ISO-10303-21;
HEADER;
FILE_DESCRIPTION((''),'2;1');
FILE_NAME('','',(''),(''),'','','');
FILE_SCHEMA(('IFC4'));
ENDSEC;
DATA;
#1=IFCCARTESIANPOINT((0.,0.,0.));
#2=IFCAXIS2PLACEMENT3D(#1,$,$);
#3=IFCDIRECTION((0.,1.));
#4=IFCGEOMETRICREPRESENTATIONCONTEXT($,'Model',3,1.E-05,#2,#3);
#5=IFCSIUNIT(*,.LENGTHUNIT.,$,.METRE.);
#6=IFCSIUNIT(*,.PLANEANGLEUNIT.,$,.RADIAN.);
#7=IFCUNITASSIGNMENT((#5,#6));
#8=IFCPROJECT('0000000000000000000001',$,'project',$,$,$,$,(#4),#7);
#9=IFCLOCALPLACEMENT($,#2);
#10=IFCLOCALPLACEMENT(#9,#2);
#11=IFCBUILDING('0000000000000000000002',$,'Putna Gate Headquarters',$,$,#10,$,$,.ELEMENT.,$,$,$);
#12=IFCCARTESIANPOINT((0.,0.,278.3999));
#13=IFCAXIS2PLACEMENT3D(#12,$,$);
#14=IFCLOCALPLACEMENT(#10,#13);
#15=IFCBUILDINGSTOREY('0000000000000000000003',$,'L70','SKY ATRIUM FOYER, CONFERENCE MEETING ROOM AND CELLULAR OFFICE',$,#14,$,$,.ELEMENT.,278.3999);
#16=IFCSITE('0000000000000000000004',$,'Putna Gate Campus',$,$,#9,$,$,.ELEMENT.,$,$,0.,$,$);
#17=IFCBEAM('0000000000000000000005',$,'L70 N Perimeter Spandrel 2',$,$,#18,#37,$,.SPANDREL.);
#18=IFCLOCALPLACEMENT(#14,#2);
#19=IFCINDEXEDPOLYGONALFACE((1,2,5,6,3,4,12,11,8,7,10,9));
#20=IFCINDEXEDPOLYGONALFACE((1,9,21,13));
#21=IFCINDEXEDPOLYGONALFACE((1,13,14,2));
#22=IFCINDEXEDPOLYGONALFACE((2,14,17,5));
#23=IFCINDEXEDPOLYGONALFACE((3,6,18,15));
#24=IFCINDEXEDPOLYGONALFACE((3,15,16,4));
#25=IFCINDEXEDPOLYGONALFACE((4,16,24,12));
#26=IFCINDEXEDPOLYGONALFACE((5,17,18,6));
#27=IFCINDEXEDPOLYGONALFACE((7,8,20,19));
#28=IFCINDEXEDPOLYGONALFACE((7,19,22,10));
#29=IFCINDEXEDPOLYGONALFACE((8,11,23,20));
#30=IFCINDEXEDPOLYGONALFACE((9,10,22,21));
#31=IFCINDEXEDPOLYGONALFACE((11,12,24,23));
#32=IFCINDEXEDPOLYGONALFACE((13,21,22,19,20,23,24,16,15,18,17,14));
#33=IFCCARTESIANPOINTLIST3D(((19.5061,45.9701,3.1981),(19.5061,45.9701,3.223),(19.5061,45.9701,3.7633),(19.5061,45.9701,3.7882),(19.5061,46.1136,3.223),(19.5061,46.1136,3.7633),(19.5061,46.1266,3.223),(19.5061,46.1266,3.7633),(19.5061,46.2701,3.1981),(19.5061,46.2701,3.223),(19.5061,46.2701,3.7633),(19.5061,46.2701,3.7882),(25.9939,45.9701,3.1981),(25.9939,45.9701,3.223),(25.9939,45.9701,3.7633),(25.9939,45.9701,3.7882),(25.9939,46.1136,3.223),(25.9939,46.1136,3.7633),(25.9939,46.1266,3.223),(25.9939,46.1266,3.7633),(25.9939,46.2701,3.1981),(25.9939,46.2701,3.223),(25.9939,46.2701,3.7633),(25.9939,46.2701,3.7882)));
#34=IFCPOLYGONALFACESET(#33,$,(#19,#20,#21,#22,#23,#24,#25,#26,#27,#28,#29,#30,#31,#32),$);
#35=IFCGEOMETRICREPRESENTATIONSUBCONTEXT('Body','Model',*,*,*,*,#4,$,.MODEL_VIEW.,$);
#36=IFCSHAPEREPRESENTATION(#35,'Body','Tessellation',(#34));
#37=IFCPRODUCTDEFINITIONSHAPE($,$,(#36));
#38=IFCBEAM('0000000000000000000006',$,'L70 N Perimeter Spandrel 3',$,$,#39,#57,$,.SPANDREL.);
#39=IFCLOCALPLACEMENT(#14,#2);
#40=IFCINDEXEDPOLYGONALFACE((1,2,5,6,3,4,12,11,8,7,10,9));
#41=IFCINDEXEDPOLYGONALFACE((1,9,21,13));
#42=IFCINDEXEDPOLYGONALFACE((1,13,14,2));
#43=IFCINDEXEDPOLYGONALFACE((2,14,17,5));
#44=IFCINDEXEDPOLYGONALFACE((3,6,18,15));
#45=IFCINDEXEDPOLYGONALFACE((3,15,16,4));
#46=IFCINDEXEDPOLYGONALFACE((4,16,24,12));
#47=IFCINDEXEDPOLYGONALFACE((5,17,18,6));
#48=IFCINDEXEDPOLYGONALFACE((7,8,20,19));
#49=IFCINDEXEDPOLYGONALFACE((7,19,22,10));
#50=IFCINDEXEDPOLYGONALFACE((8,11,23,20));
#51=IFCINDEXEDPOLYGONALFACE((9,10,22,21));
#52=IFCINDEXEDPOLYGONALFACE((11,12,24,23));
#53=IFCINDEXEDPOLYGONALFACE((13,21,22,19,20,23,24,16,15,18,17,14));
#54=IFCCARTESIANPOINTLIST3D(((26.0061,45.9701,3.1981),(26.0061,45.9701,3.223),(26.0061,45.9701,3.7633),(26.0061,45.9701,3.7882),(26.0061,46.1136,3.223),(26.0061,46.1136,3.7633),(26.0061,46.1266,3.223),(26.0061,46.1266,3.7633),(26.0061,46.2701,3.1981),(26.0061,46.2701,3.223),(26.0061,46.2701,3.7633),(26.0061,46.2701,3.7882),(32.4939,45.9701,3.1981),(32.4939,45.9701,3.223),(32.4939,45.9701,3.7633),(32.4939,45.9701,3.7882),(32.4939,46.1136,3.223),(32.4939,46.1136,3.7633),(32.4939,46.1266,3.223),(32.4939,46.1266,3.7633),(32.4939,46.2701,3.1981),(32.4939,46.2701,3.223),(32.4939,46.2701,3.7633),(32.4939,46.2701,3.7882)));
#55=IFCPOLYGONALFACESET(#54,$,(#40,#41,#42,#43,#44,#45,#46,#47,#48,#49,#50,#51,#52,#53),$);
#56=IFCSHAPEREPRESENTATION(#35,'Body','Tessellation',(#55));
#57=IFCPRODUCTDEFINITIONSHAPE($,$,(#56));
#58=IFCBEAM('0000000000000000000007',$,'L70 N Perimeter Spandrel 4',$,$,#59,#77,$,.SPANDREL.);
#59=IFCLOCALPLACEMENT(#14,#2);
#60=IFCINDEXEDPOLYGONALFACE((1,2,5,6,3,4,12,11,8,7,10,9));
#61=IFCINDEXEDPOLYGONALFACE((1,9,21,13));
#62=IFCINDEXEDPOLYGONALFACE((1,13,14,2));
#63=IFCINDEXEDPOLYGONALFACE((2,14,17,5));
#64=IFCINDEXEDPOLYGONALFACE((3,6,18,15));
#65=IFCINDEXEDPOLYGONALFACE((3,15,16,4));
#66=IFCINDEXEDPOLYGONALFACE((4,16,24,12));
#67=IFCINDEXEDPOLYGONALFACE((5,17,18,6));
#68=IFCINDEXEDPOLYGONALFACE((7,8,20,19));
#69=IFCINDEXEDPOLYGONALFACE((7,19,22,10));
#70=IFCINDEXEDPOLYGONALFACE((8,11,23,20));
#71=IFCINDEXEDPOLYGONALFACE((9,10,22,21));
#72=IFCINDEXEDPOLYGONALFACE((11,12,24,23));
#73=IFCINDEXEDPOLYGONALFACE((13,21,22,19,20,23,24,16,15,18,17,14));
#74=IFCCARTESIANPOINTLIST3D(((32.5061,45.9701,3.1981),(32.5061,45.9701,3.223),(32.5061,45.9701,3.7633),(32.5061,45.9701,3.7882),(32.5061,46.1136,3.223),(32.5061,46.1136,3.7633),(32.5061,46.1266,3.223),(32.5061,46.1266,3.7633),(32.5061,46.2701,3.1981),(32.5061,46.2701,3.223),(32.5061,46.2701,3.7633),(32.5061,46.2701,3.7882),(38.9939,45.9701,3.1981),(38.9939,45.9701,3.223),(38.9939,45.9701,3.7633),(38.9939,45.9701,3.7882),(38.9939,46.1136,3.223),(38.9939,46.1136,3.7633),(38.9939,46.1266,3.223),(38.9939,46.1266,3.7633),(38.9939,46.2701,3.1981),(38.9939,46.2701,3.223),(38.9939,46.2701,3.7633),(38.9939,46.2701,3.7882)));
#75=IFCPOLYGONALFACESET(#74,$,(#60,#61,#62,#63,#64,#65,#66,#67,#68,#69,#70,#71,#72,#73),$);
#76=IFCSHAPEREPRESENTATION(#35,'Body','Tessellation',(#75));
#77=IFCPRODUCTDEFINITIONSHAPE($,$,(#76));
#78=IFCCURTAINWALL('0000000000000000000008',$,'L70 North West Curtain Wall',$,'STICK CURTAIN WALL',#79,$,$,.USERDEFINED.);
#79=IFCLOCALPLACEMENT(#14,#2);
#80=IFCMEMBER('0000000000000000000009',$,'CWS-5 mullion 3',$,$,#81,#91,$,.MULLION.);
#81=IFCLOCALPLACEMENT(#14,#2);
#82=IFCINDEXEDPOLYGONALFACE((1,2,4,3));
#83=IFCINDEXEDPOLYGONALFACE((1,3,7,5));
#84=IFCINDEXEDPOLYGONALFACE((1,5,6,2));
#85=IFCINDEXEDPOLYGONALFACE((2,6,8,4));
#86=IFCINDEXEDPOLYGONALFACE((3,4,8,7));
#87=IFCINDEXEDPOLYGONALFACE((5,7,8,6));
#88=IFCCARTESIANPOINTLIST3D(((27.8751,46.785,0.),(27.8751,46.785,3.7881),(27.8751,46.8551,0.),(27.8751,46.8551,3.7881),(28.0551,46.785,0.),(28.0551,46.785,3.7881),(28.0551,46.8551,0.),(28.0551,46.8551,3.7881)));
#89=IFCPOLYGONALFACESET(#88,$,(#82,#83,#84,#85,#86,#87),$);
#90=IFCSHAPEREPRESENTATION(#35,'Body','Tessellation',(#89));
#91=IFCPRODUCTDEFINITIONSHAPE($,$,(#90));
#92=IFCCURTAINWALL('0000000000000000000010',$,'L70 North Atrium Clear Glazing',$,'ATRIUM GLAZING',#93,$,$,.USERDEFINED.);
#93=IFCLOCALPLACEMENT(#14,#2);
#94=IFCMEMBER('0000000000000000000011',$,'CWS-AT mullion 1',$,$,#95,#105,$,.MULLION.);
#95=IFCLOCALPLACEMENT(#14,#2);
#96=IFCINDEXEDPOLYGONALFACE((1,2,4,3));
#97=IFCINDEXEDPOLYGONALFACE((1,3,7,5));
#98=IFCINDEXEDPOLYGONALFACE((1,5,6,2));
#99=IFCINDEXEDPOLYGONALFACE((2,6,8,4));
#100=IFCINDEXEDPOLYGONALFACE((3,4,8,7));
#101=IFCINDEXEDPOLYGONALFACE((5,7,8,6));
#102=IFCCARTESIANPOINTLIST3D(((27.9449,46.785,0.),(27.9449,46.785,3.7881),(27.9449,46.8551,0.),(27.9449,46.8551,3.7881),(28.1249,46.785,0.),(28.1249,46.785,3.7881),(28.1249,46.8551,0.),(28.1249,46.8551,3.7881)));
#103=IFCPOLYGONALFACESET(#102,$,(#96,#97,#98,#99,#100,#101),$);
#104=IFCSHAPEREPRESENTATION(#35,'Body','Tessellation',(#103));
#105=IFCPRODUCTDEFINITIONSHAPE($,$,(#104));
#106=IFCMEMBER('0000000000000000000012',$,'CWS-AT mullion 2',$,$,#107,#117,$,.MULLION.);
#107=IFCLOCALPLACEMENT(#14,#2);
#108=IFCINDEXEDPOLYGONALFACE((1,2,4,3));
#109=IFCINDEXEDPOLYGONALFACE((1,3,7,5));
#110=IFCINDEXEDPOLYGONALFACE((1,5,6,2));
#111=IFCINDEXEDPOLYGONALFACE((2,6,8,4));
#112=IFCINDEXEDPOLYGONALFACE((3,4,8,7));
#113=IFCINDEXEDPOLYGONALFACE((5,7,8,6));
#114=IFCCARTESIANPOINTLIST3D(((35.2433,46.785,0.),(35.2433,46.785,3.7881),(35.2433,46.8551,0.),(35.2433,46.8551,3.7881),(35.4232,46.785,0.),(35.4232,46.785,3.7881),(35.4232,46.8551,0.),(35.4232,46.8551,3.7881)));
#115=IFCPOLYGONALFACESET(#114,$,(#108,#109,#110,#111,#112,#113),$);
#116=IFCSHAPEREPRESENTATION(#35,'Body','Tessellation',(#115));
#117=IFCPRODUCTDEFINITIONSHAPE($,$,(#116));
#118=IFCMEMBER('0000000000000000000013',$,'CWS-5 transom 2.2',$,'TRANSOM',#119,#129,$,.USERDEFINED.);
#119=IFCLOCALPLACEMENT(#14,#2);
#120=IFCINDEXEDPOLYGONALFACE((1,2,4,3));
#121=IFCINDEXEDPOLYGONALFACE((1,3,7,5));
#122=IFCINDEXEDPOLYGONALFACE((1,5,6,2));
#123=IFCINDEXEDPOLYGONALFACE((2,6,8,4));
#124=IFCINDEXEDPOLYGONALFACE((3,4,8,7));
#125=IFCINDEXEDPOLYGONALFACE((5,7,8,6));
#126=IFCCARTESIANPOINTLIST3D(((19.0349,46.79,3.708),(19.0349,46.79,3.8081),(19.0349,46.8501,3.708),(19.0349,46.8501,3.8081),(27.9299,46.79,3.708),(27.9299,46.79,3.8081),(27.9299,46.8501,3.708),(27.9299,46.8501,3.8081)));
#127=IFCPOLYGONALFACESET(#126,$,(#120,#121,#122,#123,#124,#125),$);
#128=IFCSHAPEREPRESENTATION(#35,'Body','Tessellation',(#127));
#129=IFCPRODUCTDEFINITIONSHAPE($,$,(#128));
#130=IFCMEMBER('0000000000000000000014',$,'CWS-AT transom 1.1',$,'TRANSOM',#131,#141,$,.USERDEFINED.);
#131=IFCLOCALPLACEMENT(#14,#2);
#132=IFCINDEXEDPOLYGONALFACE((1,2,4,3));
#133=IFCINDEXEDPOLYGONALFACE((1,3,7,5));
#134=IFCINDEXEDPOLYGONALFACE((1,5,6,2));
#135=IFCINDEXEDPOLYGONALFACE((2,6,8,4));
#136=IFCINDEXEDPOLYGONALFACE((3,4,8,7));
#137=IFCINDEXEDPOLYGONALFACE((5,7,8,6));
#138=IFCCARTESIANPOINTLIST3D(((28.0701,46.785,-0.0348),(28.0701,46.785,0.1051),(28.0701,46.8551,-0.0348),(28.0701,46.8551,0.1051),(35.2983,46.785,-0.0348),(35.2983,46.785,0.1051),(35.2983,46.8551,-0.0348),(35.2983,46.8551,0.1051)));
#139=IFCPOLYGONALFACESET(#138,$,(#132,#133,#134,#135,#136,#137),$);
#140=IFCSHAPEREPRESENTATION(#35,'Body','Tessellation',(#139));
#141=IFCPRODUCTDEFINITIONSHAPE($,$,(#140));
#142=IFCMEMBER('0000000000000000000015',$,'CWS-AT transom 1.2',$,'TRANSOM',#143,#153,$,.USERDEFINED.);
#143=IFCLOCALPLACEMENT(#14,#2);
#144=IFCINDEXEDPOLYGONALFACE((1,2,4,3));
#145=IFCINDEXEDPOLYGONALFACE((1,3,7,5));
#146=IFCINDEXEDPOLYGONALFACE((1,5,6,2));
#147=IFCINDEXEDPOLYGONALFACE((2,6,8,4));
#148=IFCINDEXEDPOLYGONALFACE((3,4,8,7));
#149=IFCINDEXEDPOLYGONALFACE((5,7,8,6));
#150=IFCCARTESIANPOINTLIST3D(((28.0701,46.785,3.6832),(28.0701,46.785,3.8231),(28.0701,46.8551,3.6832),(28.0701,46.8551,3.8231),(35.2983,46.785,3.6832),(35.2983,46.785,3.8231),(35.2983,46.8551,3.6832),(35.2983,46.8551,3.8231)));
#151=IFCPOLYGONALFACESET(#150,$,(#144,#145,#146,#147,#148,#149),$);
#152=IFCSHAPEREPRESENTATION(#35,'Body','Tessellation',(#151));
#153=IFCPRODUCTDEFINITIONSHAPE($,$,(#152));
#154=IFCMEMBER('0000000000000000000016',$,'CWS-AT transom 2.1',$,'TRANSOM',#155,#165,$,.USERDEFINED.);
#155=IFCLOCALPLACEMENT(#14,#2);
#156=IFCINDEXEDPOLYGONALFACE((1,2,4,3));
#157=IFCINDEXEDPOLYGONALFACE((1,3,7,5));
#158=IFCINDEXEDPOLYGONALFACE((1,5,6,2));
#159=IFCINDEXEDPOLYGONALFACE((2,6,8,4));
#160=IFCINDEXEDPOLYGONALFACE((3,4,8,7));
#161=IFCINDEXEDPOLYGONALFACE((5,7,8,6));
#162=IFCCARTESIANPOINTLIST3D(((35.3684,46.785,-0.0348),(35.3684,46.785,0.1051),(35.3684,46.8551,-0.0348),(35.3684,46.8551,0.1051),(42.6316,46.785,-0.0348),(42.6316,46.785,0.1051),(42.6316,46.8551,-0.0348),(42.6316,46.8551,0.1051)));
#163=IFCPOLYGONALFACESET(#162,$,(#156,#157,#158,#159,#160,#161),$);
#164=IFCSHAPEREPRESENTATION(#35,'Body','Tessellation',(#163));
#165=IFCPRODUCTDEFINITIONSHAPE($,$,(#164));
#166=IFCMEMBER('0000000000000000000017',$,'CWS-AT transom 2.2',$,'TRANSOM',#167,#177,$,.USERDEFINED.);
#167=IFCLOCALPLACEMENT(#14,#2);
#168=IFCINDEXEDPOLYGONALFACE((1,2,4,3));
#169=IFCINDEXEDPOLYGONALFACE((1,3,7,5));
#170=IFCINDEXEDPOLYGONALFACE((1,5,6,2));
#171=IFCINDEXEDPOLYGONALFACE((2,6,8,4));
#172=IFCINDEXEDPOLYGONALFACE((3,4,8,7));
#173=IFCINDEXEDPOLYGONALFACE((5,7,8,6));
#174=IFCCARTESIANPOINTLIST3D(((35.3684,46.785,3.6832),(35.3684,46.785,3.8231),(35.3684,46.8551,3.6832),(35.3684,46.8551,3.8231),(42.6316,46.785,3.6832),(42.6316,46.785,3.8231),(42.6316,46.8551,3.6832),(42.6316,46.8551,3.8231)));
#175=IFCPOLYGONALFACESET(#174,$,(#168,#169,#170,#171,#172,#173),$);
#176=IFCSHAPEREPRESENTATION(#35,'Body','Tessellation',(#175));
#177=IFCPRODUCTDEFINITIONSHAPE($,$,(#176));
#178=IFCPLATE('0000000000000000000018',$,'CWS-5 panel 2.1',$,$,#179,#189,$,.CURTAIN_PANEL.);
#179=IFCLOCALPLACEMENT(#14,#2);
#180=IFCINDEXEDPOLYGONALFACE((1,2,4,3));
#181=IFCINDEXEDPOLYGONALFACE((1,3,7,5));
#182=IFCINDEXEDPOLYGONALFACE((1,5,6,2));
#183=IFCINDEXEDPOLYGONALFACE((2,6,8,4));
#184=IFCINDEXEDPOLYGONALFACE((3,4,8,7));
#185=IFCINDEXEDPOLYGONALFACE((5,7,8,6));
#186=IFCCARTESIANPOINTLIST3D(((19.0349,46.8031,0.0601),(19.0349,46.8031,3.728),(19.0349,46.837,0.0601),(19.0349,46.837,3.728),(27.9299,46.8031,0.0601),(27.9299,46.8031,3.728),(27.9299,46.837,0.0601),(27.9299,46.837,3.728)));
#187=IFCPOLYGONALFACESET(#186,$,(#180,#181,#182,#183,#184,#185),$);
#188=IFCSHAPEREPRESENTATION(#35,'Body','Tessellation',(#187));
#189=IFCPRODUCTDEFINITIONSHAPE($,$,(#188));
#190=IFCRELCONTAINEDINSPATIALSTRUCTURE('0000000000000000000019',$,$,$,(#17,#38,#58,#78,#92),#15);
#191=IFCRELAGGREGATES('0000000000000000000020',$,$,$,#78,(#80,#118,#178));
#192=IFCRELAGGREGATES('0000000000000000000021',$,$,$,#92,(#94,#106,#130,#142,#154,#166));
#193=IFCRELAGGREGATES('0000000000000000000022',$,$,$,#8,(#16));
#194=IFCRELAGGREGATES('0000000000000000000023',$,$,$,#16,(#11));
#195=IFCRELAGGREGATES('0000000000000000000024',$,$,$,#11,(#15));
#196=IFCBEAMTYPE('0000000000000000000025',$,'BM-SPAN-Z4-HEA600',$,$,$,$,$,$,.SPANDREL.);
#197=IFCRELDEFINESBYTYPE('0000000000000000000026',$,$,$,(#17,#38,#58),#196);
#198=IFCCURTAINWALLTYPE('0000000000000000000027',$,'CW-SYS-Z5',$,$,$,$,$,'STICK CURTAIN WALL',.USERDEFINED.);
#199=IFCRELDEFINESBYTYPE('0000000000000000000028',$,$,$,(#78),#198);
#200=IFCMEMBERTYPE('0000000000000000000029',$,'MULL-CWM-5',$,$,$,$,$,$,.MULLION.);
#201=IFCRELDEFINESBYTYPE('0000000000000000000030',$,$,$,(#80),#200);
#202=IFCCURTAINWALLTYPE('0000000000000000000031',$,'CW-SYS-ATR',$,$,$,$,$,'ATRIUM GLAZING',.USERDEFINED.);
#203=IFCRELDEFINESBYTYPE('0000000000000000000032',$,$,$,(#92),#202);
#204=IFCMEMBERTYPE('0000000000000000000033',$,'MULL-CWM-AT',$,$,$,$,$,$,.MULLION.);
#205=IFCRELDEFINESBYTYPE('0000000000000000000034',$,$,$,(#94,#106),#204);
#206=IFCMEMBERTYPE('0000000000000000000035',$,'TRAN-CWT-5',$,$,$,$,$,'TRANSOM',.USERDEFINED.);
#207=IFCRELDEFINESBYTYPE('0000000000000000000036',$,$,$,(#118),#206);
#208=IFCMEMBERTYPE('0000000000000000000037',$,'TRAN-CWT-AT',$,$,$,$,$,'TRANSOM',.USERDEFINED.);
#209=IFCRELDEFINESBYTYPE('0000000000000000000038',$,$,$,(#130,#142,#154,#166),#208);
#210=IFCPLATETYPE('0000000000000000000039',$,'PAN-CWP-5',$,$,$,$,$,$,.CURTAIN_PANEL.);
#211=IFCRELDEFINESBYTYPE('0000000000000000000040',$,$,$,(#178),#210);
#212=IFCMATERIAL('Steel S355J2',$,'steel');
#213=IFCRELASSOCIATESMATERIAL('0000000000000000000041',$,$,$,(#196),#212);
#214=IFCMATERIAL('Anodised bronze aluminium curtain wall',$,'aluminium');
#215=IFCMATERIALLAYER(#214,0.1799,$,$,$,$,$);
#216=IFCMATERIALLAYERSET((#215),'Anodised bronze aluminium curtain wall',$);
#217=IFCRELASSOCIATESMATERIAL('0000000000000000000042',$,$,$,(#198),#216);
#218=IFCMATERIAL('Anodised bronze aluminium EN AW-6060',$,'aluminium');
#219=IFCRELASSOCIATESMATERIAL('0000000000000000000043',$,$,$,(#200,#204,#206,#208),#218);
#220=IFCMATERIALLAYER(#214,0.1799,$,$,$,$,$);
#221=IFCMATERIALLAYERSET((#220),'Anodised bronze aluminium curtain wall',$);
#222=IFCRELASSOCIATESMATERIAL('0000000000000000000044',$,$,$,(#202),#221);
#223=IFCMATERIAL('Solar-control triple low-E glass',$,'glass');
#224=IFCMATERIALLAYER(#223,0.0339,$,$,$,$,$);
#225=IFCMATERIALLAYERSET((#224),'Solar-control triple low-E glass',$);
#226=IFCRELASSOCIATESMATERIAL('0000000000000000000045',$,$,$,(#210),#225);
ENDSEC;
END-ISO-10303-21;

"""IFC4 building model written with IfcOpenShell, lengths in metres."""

from ifc_helpers import new_model, si_unit, direction, frame, origin, origin_2d, place, context, subcontext, project, spatial, rectangle, i_section, extrude, material, layer, layer_set, material_profile, profile_set, type_object, element, aggregate, save


model = new_model("IFC4")

# Units and contexts
model_context = context("Model", 3, precision=1e-05, world=origin(), true_north=direction((0.0, 1.0)))
body_context = subcontext(model_context, "Body", "Model", "MODEL_VIEW")
ifc_project = project(units=[si_unit("LENGTHUNIT", "METRE"), si_unit("PLANEANGLEUNIT", "RADIAN")], contexts=[model_context])

# Site, building, storey
site_placement = place(None, origin())
site = spatial("IfcSite", under=ifc_project, at=site_placement, Name="Putna Gate Campus", CompositionType="ELEMENT", RefElevation=0.0)
building_placement = place(site_placement, origin())
building = spatial("IfcBuilding", under=site, at=building_placement, Name="Putna Gate Headquarters", CompositionType="ELEMENT")
storey_placement = place(building_placement, frame((0.0, 0.0, 278.3999)))
storey = spatial("IfcBuildingStorey", under=building, at=storey_placement, Name="L70", Description="SKY ATRIUM FOYER, CONFERENCE MEETING ROOM AND CELLULAR OFFICE", CompositionType="ELEMENT", Elevation=278.3999)

# Beams
ifc_material_1 = material(Name="Steel S355J2", Category="steel")
ifc_material_profile_1 = material_profile(ifc_material_1, i_section(OverallWidth=0.3, OverallDepth=0.5901, WebThickness=0.0129, FlangeThickness=0.0249, at=origin_2d()), Name="Steel S355J2")
ifc_profile_set_1 = profile_set([ifc_material_profile_1], Name="Steel S355J2")
beam_type_1 = type_object("IfcBeamType", Name="BM-SPAN-Z4-HEA600", PredefinedType="SPANDREL", material=ifc_profile_set_1)
for number, where, z_axis, x_axis, name in (
    (1, (19.5061, 46.1201, 3.4932), (1.0, 0.0, 0.0), (0.0, 1.0, 0.0), "L70 N Perimeter Spandrel 2"),
    (2, (26.0061, 46.1201, 3.4932), (1.0, 0.0, 0.0), (0.0, 1.0, 0.0), "L70 N Perimeter Spandrel 3"),
    (3, (32.5061, 46.1201, 3.4932), (1.0, 0.0, 0.0), (0.0, 1.0, 0.0), "L70 N Perimeter Spandrel 4"),
):
    element("IfcBeam", number, at=place(storey_placement, frame(where, z_axis=z_axis, x_axis=x_axis)), inside=storey, type_object=beam_type_1, Name=name, PredefinedType="SPANDREL", context=body_context, shape_type="SweptSolid", body=[
        extrude(i_section(OverallWidth=0.3, OverallDepth=0.5901, WebThickness=0.0129, FlangeThickness=0.0249, at=origin_2d()), origin(), (0.0, 0.0, 1.0), 6.4878),
    ])

# Curtain wall, member
ifc_material_2 = material(Name="Anodised bronze aluminium curtain wall", Category="aluminium")
ifc_layer_1 = layer(ifc_material_2, 0.1799)
ifc_layer_set_1 = layer_set([ifc_layer_1], Name="Anodised bronze aluminium curtain wall")
curtain_wall_type_1 = type_object("IfcCurtainWallType", Name="CW-SYS-Z5", ElementType="STICK CURTAIN WALL", PredefinedType="USERDEFINED", material=ifc_layer_set_1)
curtain_wall_1_placement = place(storey_placement, origin())
curtain_wall_1 = element("IfcCurtainWall", 4, at=curtain_wall_1_placement, inside=storey, type_object=curtain_wall_type_1, Name="L70 North West Curtain Wall", ObjectType="STICK CURTAIN WALL", PredefinedType="USERDEFINED")
ifc_material_3 = material(Name="Anodised bronze aluminium EN AW-6060", Category="aluminium")
ifc_material_profile_2 = material_profile(ifc_material_3, rectangle(XDim=0.0701, YDim=0.1799, at=origin_2d()), Name="Anodised bronze aluminium EN AW-6060")
ifc_profile_set_2 = profile_set([ifc_material_profile_2], Name="Anodised bronze aluminium EN AW-6060")
member_type_1 = type_object("IfcMemberType", Name="MULL-CWM-5", PredefinedType="MULLION", material=ifc_profile_set_2)
member_1_placement = place(storey_placement, frame((27.9651, 46.8201, 0.0), z_axis=(0.0, 0.0, 1.0), x_axis=(0.0, 1.0, 0.0)))
member_1 = element("IfcMember", 5, at=member_1_placement, type_object=member_type_1, Name="CWS-5 mullion 3", PredefinedType="MULLION", context=body_context, shape_type="SweptSolid", body=[
    extrude(rectangle(XDim=0.0701, YDim=0.1799, at=origin_2d()), origin(), (0.0, 0.0, 1.0), 3.7881),
])

# Curtain wall, members
ifc_layer_2 = layer(ifc_material_2, 0.1799)
ifc_layer_set_2 = layer_set([ifc_layer_2], Name="Anodised bronze aluminium curtain wall")
curtain_wall_type_2 = type_object("IfcCurtainWallType", Name="CW-SYS-ATR", ElementType="ATRIUM GLAZING", PredefinedType="USERDEFINED", material=ifc_layer_set_2)
curtain_wall_2_placement = place(storey_placement, origin())
curtain_wall_2 = element("IfcCurtainWall", 6, at=curtain_wall_2_placement, inside=storey, type_object=curtain_wall_type_2, Name="L70 North Atrium Clear Glazing", ObjectType="ATRIUM GLAZING", PredefinedType="USERDEFINED")
ifc_material_profile_3 = material_profile(ifc_material_3, rectangle(XDim=0.0701, YDim=0.1799, at=origin_2d()), Name="Anodised bronze aluminium EN AW-6060")
ifc_profile_set_3 = profile_set([ifc_material_profile_3], Name="Anodised bronze aluminium EN AW-6060")
member_type_2 = type_object("IfcMemberType", Name="MULL-CWM-AT", PredefinedType="MULLION", material=ifc_profile_set_3)
member_2_placement = place(storey_placement, frame((28.0349, 46.8201, 0.0), z_axis=(0.0, 0.0, 1.0), x_axis=(0.0, 1.0, 0.0)))
member_2 = element("IfcMember", 7, at=member_2_placement, type_object=member_type_2, Name="CWS-AT mullion 1", PredefinedType="MULLION", context=body_context, shape_type="SweptSolid", body=[
    extrude(rectangle(XDim=0.0701, YDim=0.1799, at=origin_2d()), origin(), (0.0, 0.0, 1.0), 3.7881),
])
member_3_placement = place(storey_placement, frame((35.3333, 46.8201, 0.0), z_axis=(0.0, 0.0, 1.0), x_axis=(0.0, 1.0, 0.0)))
member_3 = element("IfcMember", 8, at=member_3_placement, type_object=member_type_2, Name="CWS-AT mullion 2", PredefinedType="MULLION", context=body_context, shape_type="SweptSolid", body=[
    extrude(rectangle(XDim=0.0701, YDim=0.1799, at=origin_2d()), origin(), (0.0, 0.0, 1.0), 3.7881),
])

# Members
ifc_material_profile_4 = material_profile(ifc_material_3, rectangle(XDim=0.0601, YDim=0.1001, at=origin_2d()), Name="Anodised bronze aluminium EN AW-6060")
ifc_profile_set_4 = profile_set([ifc_material_profile_4], Name="Anodised bronze aluminium EN AW-6060")
member_type_3 = type_object("IfcMemberType", Name="TRAN-CWT-5", ElementType="TRANSOM", PredefinedType="USERDEFINED", material=ifc_profile_set_4)
member_4_placement = place(storey_placement, frame((19.0349, 46.8201, 3.7581), z_axis=(1.0, 0.0, 0.0), x_axis=(0.0, 1.0, 0.0)))
member_4 = element("IfcMember", 9, at=member_4_placement, type_object=member_type_3, Name="CWS-5 transom 2.2", ObjectType="TRANSOM", PredefinedType="USERDEFINED", context=body_context, shape_type="SweptSolid", body=[
    extrude(rectangle(XDim=0.0601, YDim=0.1001, at=origin_2d()), origin(), (0.0, 0.0, 1.0), 8.895),
])
ifc_material_profile_5 = material_profile(ifc_material_3, rectangle(XDim=0.0701, YDim=0.1399, at=origin_2d()), Name="Anodised bronze aluminium EN AW-6060")
ifc_profile_set_5 = profile_set([ifc_material_profile_5], Name="Anodised bronze aluminium EN AW-6060")
member_type_4 = type_object("IfcMemberType", Name="TRAN-CWT-AT", ElementType="TRANSOM", PredefinedType="USERDEFINED", material=ifc_profile_set_5)
member_5_placement = place(storey_placement, frame((28.0701, 46.8201, 0.0352), z_axis=(1.0, 0.0, 0.0), x_axis=(0.0, 1.0, 0.0)))
member_5 = element("IfcMember", 10, at=member_5_placement, type_object=member_type_4, Name="CWS-AT transom 1.1", ObjectType="TRANSOM", PredefinedType="USERDEFINED", context=body_context, shape_type="SweptSolid", body=[
    extrude(rectangle(XDim=0.0701, YDim=0.1399, at=origin_2d()), origin(), (0.0, 0.0, 1.0), 7.2283),
])
member_6_placement = place(storey_placement, frame((28.0701, 46.8201, 3.7532), z_axis=(1.0, 0.0, 0.0), x_axis=(0.0, 1.0, 0.0)))
member_6 = element("IfcMember", 11, at=member_6_placement, type_object=member_type_4, Name="CWS-AT transom 1.2", ObjectType="TRANSOM", PredefinedType="USERDEFINED", context=body_context, shape_type="SweptSolid", body=[
    extrude(rectangle(XDim=0.0701, YDim=0.1399, at=origin_2d()), origin(), (0.0, 0.0, 1.0), 7.2283),
])
member_7_placement = place(storey_placement, frame((35.3684, 46.8201, 0.0352), z_axis=(1.0, 0.0, 0.0), x_axis=(0.0, 1.0, 0.0)))
member_7 = element("IfcMember", 12, at=member_7_placement, type_object=member_type_4, Name="CWS-AT transom 2.1", ObjectType="TRANSOM", PredefinedType="USERDEFINED", context=body_context, shape_type="SweptSolid", body=[
    extrude(rectangle(XDim=0.0701, YDim=0.1399, at=origin_2d()), origin(), (0.0, 0.0, 1.0), 7.2632),
])
member_8_placement = place(storey_placement, frame((35.3684, 46.8201, 3.7532), z_axis=(1.0, 0.0, 0.0), x_axis=(0.0, 1.0, 0.0)))
member_8 = element("IfcMember", 13, at=member_8_placement, type_object=member_type_4, Name="CWS-AT transom 2.2", ObjectType="TRANSOM", PredefinedType="USERDEFINED", context=body_context, shape_type="SweptSolid", body=[
    extrude(rectangle(XDim=0.0701, YDim=0.1399, at=origin_2d()), origin(), (0.0, 0.0, 1.0), 7.2632),
])

# Plate
ifc_material_4 = material(Name="Solar-control triple low-E glass", Category="glass")
ifc_layer_3 = layer(ifc_material_4, 0.0339)
ifc_layer_set_3 = layer_set([ifc_layer_3], Name="Solar-control triple low-E glass")
plate_type_1 = type_object("IfcPlateType", Name="PAN-CWP-5", PredefinedType="CURTAIN_PANEL", material=ifc_layer_set_3)
plate_1_placement = place(storey_placement, frame((23.4824, 46.8201, 0.0601), z_axis=(0.0, 0.0, 1.0), x_axis=(1.0, 0.0, 0.0)))
plate_1 = element("IfcPlate", 14, at=plate_1_placement, type_object=plate_type_1, Name="CWS-5 panel 2.1", PredefinedType="CURTAIN_PANEL", context=body_context, shape_type="SweptSolid", body=[
    extrude(rectangle(XDim=8.895, YDim=0.0339, at=origin_2d()), origin(), (0.0, 0.0, 1.0), 3.668),
])
aggregate(curtain_wall_1, [member_1, member_4, plate_1])
aggregate(curtain_wall_2, [member_2, member_3, member_5, member_6, member_7, member_8])

save(model, "model.ifc")
